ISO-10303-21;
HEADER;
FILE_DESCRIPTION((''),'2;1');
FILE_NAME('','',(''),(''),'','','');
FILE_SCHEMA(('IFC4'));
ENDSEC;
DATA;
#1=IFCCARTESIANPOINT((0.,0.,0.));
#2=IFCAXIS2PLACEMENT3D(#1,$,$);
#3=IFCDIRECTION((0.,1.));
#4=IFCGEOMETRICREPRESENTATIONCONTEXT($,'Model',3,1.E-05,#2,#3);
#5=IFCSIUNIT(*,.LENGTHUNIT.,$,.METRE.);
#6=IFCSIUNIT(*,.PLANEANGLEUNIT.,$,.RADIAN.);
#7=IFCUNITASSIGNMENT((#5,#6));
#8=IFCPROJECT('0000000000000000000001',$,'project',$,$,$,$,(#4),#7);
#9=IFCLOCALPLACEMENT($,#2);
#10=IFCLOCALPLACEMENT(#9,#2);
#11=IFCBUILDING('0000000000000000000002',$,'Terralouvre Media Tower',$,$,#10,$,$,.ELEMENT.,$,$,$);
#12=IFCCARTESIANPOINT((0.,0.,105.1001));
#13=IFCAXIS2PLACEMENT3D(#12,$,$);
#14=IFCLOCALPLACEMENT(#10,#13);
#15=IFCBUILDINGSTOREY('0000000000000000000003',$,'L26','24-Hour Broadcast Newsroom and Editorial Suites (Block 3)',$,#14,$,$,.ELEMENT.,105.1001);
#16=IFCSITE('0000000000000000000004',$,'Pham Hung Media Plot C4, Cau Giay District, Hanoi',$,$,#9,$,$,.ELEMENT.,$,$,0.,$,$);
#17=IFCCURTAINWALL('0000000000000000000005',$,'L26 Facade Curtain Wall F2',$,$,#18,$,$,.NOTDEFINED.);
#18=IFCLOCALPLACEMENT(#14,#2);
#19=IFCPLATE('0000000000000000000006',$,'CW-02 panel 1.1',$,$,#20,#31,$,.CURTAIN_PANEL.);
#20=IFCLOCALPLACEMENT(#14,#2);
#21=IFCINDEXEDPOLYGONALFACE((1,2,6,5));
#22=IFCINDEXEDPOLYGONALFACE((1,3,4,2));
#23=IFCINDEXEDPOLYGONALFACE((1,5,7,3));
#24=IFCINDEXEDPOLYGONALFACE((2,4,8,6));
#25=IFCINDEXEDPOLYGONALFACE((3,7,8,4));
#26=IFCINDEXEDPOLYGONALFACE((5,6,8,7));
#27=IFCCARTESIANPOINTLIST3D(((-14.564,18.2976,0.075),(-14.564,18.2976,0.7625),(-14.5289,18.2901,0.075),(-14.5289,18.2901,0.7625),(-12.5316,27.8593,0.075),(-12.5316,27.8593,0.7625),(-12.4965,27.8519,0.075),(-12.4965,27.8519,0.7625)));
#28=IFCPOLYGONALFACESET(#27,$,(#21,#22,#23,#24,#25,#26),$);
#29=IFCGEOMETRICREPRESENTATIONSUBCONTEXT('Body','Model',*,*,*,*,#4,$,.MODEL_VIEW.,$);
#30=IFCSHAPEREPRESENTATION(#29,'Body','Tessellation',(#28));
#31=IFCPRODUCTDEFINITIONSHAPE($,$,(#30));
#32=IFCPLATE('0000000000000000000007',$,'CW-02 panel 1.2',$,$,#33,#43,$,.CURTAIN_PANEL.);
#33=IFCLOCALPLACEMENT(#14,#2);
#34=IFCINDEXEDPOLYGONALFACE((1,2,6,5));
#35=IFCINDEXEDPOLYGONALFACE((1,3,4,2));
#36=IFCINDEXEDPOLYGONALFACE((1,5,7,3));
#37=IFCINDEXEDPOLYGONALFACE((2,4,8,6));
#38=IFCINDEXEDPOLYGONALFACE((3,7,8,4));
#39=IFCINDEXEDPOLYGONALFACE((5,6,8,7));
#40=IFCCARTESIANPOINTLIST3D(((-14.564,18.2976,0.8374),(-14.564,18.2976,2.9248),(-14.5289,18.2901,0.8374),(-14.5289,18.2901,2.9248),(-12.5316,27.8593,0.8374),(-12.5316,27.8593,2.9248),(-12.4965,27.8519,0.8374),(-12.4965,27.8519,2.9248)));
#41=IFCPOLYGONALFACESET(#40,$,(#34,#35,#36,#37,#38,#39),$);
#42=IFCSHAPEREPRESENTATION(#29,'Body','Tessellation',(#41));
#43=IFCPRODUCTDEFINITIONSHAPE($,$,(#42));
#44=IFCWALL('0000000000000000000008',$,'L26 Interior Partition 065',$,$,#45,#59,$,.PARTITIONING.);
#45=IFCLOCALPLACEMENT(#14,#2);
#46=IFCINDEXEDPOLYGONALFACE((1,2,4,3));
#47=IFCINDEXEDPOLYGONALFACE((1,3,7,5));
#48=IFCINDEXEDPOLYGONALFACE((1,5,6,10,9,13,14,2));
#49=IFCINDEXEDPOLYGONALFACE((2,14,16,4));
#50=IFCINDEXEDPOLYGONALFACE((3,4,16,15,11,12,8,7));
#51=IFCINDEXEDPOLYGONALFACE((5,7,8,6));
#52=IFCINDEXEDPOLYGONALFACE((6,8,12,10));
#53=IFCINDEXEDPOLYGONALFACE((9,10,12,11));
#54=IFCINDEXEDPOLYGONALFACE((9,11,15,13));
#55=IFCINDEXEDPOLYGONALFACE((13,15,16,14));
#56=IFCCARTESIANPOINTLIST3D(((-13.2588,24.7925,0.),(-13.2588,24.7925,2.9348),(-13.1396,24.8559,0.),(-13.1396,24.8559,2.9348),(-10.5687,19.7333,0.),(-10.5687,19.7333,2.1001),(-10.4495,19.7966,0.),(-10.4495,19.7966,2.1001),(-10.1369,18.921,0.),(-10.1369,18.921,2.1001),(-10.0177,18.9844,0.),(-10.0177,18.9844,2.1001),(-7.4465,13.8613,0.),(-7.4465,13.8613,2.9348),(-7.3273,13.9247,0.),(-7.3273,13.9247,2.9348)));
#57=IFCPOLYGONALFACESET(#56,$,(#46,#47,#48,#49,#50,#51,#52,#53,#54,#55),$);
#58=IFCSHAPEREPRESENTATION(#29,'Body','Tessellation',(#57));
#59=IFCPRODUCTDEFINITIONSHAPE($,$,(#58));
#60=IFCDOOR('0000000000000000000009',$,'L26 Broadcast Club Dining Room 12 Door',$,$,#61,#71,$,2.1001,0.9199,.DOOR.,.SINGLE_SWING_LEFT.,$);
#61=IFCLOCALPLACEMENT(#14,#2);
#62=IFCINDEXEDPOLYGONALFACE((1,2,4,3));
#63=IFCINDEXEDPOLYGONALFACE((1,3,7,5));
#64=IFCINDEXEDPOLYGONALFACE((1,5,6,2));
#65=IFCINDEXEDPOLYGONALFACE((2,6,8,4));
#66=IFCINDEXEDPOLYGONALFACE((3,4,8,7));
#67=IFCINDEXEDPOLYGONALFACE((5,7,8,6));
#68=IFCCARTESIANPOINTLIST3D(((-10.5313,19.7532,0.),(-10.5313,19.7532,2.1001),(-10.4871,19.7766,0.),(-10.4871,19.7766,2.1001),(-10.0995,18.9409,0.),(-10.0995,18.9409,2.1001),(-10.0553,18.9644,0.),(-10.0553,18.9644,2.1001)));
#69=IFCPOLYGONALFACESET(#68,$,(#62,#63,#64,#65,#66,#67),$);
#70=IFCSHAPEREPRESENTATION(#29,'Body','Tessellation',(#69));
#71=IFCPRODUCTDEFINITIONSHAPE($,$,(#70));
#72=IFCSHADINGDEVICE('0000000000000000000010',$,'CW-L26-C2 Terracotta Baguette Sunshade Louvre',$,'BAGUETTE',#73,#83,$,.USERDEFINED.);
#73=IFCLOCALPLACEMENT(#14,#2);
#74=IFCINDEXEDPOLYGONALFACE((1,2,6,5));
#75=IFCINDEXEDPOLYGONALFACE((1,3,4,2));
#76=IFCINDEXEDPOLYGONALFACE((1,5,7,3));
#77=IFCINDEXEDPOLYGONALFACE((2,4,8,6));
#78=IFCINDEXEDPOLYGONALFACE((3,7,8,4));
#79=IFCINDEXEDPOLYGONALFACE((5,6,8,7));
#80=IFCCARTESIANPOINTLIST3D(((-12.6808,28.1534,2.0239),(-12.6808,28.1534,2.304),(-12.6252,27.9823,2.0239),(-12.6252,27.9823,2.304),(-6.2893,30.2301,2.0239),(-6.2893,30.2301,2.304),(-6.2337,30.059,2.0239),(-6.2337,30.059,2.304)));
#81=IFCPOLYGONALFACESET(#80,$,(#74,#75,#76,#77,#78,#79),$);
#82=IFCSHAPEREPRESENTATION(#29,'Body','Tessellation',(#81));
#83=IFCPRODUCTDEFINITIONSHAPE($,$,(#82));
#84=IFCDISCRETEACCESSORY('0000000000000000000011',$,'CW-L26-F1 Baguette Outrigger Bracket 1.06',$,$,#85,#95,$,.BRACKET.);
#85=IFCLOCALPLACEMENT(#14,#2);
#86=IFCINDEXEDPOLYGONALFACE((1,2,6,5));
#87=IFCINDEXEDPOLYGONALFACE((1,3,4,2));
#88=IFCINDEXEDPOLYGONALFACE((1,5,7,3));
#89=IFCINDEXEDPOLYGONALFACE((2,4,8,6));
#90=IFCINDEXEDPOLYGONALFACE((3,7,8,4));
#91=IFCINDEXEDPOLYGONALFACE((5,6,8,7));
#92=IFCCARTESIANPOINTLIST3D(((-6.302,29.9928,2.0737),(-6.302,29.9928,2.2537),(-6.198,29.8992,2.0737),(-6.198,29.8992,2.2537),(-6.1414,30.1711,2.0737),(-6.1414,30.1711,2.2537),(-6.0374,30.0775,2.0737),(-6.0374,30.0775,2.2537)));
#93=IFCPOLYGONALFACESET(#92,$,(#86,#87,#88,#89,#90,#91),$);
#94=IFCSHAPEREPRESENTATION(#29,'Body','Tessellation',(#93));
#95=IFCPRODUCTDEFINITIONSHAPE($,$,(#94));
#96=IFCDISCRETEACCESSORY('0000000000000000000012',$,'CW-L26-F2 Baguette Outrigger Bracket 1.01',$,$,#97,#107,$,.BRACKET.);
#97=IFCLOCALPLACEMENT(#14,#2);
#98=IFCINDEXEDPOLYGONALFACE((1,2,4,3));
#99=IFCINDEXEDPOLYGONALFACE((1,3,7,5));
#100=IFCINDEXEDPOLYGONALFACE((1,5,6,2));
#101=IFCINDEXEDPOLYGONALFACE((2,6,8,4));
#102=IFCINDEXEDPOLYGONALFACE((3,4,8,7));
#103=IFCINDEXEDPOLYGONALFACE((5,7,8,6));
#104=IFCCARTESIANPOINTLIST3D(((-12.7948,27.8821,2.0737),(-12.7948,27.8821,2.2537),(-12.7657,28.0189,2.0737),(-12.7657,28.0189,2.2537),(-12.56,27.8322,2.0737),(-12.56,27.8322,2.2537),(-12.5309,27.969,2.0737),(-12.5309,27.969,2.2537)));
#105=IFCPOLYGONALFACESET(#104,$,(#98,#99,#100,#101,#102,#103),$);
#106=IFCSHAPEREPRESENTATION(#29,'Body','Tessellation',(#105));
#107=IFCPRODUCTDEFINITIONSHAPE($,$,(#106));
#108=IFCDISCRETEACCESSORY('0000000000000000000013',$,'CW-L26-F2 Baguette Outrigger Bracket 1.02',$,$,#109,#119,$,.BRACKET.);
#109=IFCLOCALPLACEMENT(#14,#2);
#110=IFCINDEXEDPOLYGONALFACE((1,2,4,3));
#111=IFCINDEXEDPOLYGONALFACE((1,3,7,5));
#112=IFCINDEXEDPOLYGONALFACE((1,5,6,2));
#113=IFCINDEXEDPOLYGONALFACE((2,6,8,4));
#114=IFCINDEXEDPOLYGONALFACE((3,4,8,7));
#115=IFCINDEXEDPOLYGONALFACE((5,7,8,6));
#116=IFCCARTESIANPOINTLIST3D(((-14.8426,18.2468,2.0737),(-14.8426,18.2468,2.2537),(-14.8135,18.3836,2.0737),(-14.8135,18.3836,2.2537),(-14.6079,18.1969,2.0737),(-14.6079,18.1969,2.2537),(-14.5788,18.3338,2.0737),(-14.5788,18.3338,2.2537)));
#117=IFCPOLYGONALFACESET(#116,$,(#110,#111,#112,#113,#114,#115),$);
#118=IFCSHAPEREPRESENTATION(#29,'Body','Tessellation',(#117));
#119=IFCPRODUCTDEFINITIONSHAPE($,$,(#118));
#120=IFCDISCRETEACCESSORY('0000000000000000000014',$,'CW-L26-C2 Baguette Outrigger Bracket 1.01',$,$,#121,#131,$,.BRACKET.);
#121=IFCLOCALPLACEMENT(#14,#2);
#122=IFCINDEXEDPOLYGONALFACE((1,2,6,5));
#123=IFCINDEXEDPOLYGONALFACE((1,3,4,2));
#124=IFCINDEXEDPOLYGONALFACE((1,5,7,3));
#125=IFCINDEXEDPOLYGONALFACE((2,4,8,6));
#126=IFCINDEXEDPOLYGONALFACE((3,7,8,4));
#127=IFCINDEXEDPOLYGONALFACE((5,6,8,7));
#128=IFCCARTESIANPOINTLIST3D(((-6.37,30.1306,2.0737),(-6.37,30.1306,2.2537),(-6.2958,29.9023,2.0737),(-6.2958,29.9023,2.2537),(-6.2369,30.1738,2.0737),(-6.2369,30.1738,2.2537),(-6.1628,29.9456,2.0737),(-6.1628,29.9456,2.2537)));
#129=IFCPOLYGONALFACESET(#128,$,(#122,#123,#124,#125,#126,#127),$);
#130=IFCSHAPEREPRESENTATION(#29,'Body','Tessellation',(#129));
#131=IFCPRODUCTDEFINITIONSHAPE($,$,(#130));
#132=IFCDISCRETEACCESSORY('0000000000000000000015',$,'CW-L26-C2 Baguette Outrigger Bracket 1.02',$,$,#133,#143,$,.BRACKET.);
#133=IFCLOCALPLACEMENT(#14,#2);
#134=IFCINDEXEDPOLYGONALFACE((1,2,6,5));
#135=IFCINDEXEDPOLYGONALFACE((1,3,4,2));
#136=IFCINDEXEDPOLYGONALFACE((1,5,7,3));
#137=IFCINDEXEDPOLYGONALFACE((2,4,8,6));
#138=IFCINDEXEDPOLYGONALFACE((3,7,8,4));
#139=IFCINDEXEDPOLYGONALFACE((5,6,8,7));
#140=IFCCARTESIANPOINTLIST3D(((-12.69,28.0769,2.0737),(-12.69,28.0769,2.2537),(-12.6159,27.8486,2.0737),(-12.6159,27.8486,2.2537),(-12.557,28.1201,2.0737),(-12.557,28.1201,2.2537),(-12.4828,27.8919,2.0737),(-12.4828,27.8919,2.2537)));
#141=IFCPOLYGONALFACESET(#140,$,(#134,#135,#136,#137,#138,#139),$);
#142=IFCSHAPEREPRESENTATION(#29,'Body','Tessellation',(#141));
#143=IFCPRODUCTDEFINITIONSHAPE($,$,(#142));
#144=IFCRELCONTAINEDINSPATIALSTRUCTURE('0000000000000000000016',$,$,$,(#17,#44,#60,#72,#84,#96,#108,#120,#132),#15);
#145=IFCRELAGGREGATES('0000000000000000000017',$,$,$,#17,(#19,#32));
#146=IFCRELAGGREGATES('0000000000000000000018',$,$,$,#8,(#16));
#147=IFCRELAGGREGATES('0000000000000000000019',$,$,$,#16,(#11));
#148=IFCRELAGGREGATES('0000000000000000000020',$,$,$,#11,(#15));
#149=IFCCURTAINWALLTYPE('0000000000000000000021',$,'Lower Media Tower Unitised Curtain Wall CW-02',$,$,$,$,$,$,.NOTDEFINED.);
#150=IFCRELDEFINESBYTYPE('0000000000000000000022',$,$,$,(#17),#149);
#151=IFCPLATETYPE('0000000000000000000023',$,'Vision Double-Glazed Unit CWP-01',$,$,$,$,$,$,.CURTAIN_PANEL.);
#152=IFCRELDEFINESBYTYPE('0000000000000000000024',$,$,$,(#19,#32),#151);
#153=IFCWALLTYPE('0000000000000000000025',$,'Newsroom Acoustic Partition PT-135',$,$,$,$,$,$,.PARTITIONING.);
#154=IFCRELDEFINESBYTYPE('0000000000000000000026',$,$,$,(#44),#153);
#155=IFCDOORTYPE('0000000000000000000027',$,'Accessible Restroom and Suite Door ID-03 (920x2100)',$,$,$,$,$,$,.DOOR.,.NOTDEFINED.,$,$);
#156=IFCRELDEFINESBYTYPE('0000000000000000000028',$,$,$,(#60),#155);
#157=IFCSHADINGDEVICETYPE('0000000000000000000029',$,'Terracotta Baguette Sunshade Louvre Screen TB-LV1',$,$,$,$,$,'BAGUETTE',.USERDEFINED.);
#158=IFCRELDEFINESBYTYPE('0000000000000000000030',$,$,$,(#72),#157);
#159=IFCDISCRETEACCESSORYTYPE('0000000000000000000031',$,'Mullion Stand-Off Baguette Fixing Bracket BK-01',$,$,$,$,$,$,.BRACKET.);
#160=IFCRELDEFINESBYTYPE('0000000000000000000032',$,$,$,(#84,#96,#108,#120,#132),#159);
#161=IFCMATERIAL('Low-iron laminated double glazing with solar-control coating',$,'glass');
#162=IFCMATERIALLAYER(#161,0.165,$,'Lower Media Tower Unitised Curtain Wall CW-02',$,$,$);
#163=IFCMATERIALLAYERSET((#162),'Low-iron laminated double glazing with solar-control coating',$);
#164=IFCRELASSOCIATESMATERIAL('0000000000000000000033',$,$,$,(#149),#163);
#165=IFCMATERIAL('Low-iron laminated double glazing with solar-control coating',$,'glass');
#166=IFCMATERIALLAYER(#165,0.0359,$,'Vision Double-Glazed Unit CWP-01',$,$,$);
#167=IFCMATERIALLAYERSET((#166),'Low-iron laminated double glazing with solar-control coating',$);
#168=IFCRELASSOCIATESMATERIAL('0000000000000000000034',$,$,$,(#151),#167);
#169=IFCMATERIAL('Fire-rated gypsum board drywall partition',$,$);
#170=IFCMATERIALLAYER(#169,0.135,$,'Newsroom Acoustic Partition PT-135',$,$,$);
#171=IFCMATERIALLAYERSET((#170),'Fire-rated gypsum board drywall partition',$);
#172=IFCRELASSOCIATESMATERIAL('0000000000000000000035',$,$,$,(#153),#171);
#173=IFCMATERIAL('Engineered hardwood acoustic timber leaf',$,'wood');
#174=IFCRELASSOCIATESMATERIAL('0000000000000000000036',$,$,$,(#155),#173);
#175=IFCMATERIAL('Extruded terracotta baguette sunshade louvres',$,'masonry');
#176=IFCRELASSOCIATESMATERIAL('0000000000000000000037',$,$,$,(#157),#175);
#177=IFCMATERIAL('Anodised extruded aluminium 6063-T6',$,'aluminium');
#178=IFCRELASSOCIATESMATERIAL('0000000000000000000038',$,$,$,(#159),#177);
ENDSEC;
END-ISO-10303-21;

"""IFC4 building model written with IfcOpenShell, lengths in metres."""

from ifc_helpers import new_model, si_unit, direction, frame, frame_2d, origin, origin_2d, place, context, subcontext, project, spatial, rectangle, extrude, material, layer, layer_set, type_object, element, fill, aggregate, save


model = new_model("IFC4")

# Units and contexts
model_context = context("Model", 3, precision=1e-05, world=origin(), true_north=direction((0.0, 1.0)))
body_context = subcontext(model_context, "Body", "Model", "MODEL_VIEW")
ifc_project = project(units=[si_unit("LENGTHUNIT", "METRE"), si_unit("PLANEANGLEUNIT", "RADIAN")], contexts=[model_context])

# Site, building, storey
site_placement = place(None, origin())
site = spatial("IfcSite", under=ifc_project, at=site_placement, Name="Pham Hung Media Plot C4, Cau Giay District, Hanoi", CompositionType="ELEMENT", RefElevation=0.0)
building_placement = place(site_placement, origin())
building = spatial("IfcBuilding", under=site, at=building_placement, Name="Terralouvre Media Tower", CompositionType="ELEMENT")
storey_placement = place(building_placement, frame((0.0, 0.0, 105.1001)))
storey = spatial("IfcBuildingStorey", under=building, at=storey_placement, Name="L26", Description="24-Hour Broadcast Newsroom and Editorial Suites (Block 3)", CompositionType="ELEMENT", Elevation=105.1001)

# Curtain wall
ifc_material_1 = material(Name="Low-iron laminated double glazing with solar-control coating", Category="glass")
ifc_layer_1 = layer(ifc_material_1, 0.165, Name="Lower Media Tower Unitised Curtain Wall CW-02")
ifc_layer_set_1 = layer_set([ifc_layer_1], Name="Low-iron laminated double glazing with solar-control coating")
curtain_wall_type_1 = type_object("IfcCurtainWallType", Name="Lower Media Tower Unitised Curtain Wall CW-02", PredefinedType="NOTDEFINED", material=ifc_layer_set_1)
curtain_wall_1_placement = place(storey_placement, origin())
curtain_wall_1 = element("IfcCurtainWall", 1, at=curtain_wall_1_placement, inside=storey, type_object=curtain_wall_type_1, Name="L26 Facade Curtain Wall F2", PredefinedType="NOTDEFINED")

# Plates
ifc_material_2 = material(Name="Low-iron laminated double glazing with solar-control coating", Category="glass")
ifc_layer_2 = layer(ifc_material_2, 0.0359, Name="Vision Double-Glazed Unit CWP-01")
ifc_layer_set_2 = layer_set([ifc_layer_2], Name="Low-iron laminated double glazing with solar-control coating")
plate_type_1 = type_object("IfcPlateType", Name="Vision Double-Glazed Unit CWP-01", PredefinedType="CURTAIN_PANEL", material=ifc_layer_set_2)
plate_1_placement = place(storey_placement, frame((-13.5303, 23.0747, 0.075), z_axis=(0.0, 0.0, 1.0), x_axis=(-0.207912, -0.978148, 0.0)))
plate_1 = element("IfcPlate", 2, at=plate_1_placement, type_object=plate_type_1, Name="CW-02 panel 1.1", PredefinedType="CURTAIN_PANEL", context=body_context, shape_type="SweptSolid", body=[
    extrude(rectangle(XDim=9.7754, YDim=0.0359, at=origin_2d()), origin(), (0.0, 0.0, 1.0), 0.6875),
])
plate_2_placement = place(storey_placement, frame((-13.5303, 23.0747, 0.8374), z_axis=(0.0, 0.0, 1.0), x_axis=(-0.207912, -0.978148, 0.0)))
plate_2 = element("IfcPlate", 3, at=plate_2_placement, type_object=plate_type_1, Name="CW-02 panel 1.2", PredefinedType="CURTAIN_PANEL", context=body_context, shape_type="SweptSolid", body=[
    extrude(rectangle(XDim=9.7754, YDim=0.0359, at=origin_2d()), origin(), (0.0, 0.0, 1.0), 2.0874),
])
aggregate(curtain_wall_1, [plate_1, plate_2])

# Wall, opening, door
ifc_material_3 = material(Name="Fire-rated gypsum board drywall partition")
ifc_layer_3 = layer(ifc_material_3, 0.135, Name="Newsroom Acoustic Partition PT-135")
ifc_layer_set_3 = layer_set([ifc_layer_3], Name="Fire-rated gypsum board drywall partition")
wall_type = type_object("IfcWallType", Name="Newsroom Acoustic Partition PT-135", PredefinedType="PARTITIONING", material=ifc_layer_set_3)
wall_placement = place(storey_placement, frame((-13.1992, 24.8242, 0.0), z_axis=(0.0, 0.0, 1.0), x_axis=(0.469475, -0.882946, 0.0)))
wall = element("IfcWall", 4, at=wall_placement, inside=storey, type_object=wall_type, Name="L26 Interior Partition 065", PredefinedType="PARTITIONING", context=body_context, shape_type="SweptSolid", body=[
    extrude(rectangle(XDim=12.3804, YDim=0.135, at=frame_2d((6.1902, 0.0))), origin(), (0.0, 0.0, 1.0), 2.9348),
])
opening_placement = place(wall_placement, frame((5.73, 0.0, 0.0)))
opening = element("IfcOpeningElement", 5, at=opening_placement, cuts=wall, PredefinedType="OPENING", context=body_context, shape_type="SweptSolid", body=[
    extrude(rectangle(XDim=0.9199, YDim=2.1001, at=frame_2d((0.46, 1.05))), frame((0.0, 0.0774, 0.0), z_axis=(0.0, -1.0, 0.0), x_axis=(1.0, 0.0, 0.0)), (0.0, 0.0, 1.0), 0.155),
])
ifc_material_4 = material(Name="Engineered hardwood acoustic timber leaf", Category="wood")
door_type = type_object("IfcDoorType", Name="Accessible Restroom and Suite Door ID-03 (920x2100)", OperationType="NOTDEFINED", PredefinedType="DOOR", material=ifc_material_4)
door_placement = place(opening_placement, origin())
door = element("IfcDoor", 6, at=door_placement, inside=storey, type_object=door_type, Name="L26 Broadcast Club Dining Room 12 Door", OperationType="SINGLE_SWING_LEFT", OverallHeight=2.1001, OverallWidth=0.9199, PredefinedType="DOOR", context=body_context, shape_type="SweptSolid", body=[
    extrude(rectangle(XDim=0.9199, YDim=2.1001, at=frame_2d((0.46, 1.05))), frame((0.0, 0.0249, 0.0), z_axis=(0.0, -1.0, 0.0), x_axis=(1.0, 0.0, 0.0)), (0.0, 0.0, 1.0), 0.05),
])
fill(opening, door)

# Shading device
ifc_material_5 = material(Name="Extruded terracotta baguette sunshade louvres", Category="masonry")
shading_device_type = type_object("IfcShadingDeviceType", Name="Terracotta Baguette Sunshade Louvre Screen TB-LV1", ElementType="BAGUETTE", PredefinedType="USERDEFINED", material=ifc_material_5)
shading_device_placement = place(storey_placement, frame((-9.4573, 29.1062, 2.0239), z_axis=(0.0, 0.0, 1.0), x_axis=(-0.951056, -0.309018, 0.0)))
element("IfcShadingDevice", 7, at=shading_device_placement, inside=storey, type_object=shading_device_type, Name="CW-L26-C2 Terracotta Baguette Sunshade Louvre", ObjectType="BAGUETTE", PredefinedType="USERDEFINED", context=body_context, shape_type="SweptSolid", body=[
    extrude(rectangle(XDim=6.7205, YDim=0.1799, at=origin_2d()), origin(), (0.0, 0.0, 1.0), 0.28),
])

# Discrete accessories
ifc_material_6 = material(Name="Anodised extruded aluminium 6063-T6", Category="aluminium")
discrete_accessory_type = type_object("IfcDiscreteAccessoryType", Name="Mullion Stand-Off Baguette Fixing Bracket BK-01", PredefinedType="BRACKET", material=ifc_material_6)
for number, where, z_axis, x_axis, name in (
    (8, (-6.1697, 30.0352, 2.0737), (0.0, 0.0, 1.0), (-0.743145, 0.669131, 0.0), "CW-L26-F1 Baguette Outrigger Bracket 1.06"),
    (9, (-12.6628, 27.9255, 2.0737), (0.0, 0.0, 1.0), (-0.207912, -0.978148, 0.0), "CW-L26-F2 Baguette Outrigger Bracket 1.01"),
    (10, (-14.7107, 18.2903, 2.0737), (0.0, 0.0, 1.0), (-0.207912, -0.978148, 0.0), "CW-L26-F2 Baguette Outrigger Bracket 1.02"),
    (11, (-6.2664, 30.0381, 2.0737), (0.0, 0.0, 1.0), (-0.951056, -0.309018, 0.0), "CW-L26-C2 Baguette Outrigger Bracket 1.01"),
    (12, (-12.5864, 27.9844, 2.0737), (0.0, 0.0, 1.0), (-0.951056, -0.309018, 0.0), "CW-L26-C2 Baguette Outrigger Bracket 1.02"),
):
    element("IfcDiscreteAccessory", number, at=place(storey_placement, frame(where, z_axis=z_axis, x_axis=x_axis)), inside=storey, type_object=discrete_accessory_type, Name=name, PredefinedType="BRACKET", context=body_context, shape_type="SweptSolid", body=[
        extrude(rectangle(XDim=0.1399, YDim=0.24, at=origin_2d()), origin(), (0.0, 0.0, 1.0), 0.1799),
    ])

save(model, "model.ifc")
